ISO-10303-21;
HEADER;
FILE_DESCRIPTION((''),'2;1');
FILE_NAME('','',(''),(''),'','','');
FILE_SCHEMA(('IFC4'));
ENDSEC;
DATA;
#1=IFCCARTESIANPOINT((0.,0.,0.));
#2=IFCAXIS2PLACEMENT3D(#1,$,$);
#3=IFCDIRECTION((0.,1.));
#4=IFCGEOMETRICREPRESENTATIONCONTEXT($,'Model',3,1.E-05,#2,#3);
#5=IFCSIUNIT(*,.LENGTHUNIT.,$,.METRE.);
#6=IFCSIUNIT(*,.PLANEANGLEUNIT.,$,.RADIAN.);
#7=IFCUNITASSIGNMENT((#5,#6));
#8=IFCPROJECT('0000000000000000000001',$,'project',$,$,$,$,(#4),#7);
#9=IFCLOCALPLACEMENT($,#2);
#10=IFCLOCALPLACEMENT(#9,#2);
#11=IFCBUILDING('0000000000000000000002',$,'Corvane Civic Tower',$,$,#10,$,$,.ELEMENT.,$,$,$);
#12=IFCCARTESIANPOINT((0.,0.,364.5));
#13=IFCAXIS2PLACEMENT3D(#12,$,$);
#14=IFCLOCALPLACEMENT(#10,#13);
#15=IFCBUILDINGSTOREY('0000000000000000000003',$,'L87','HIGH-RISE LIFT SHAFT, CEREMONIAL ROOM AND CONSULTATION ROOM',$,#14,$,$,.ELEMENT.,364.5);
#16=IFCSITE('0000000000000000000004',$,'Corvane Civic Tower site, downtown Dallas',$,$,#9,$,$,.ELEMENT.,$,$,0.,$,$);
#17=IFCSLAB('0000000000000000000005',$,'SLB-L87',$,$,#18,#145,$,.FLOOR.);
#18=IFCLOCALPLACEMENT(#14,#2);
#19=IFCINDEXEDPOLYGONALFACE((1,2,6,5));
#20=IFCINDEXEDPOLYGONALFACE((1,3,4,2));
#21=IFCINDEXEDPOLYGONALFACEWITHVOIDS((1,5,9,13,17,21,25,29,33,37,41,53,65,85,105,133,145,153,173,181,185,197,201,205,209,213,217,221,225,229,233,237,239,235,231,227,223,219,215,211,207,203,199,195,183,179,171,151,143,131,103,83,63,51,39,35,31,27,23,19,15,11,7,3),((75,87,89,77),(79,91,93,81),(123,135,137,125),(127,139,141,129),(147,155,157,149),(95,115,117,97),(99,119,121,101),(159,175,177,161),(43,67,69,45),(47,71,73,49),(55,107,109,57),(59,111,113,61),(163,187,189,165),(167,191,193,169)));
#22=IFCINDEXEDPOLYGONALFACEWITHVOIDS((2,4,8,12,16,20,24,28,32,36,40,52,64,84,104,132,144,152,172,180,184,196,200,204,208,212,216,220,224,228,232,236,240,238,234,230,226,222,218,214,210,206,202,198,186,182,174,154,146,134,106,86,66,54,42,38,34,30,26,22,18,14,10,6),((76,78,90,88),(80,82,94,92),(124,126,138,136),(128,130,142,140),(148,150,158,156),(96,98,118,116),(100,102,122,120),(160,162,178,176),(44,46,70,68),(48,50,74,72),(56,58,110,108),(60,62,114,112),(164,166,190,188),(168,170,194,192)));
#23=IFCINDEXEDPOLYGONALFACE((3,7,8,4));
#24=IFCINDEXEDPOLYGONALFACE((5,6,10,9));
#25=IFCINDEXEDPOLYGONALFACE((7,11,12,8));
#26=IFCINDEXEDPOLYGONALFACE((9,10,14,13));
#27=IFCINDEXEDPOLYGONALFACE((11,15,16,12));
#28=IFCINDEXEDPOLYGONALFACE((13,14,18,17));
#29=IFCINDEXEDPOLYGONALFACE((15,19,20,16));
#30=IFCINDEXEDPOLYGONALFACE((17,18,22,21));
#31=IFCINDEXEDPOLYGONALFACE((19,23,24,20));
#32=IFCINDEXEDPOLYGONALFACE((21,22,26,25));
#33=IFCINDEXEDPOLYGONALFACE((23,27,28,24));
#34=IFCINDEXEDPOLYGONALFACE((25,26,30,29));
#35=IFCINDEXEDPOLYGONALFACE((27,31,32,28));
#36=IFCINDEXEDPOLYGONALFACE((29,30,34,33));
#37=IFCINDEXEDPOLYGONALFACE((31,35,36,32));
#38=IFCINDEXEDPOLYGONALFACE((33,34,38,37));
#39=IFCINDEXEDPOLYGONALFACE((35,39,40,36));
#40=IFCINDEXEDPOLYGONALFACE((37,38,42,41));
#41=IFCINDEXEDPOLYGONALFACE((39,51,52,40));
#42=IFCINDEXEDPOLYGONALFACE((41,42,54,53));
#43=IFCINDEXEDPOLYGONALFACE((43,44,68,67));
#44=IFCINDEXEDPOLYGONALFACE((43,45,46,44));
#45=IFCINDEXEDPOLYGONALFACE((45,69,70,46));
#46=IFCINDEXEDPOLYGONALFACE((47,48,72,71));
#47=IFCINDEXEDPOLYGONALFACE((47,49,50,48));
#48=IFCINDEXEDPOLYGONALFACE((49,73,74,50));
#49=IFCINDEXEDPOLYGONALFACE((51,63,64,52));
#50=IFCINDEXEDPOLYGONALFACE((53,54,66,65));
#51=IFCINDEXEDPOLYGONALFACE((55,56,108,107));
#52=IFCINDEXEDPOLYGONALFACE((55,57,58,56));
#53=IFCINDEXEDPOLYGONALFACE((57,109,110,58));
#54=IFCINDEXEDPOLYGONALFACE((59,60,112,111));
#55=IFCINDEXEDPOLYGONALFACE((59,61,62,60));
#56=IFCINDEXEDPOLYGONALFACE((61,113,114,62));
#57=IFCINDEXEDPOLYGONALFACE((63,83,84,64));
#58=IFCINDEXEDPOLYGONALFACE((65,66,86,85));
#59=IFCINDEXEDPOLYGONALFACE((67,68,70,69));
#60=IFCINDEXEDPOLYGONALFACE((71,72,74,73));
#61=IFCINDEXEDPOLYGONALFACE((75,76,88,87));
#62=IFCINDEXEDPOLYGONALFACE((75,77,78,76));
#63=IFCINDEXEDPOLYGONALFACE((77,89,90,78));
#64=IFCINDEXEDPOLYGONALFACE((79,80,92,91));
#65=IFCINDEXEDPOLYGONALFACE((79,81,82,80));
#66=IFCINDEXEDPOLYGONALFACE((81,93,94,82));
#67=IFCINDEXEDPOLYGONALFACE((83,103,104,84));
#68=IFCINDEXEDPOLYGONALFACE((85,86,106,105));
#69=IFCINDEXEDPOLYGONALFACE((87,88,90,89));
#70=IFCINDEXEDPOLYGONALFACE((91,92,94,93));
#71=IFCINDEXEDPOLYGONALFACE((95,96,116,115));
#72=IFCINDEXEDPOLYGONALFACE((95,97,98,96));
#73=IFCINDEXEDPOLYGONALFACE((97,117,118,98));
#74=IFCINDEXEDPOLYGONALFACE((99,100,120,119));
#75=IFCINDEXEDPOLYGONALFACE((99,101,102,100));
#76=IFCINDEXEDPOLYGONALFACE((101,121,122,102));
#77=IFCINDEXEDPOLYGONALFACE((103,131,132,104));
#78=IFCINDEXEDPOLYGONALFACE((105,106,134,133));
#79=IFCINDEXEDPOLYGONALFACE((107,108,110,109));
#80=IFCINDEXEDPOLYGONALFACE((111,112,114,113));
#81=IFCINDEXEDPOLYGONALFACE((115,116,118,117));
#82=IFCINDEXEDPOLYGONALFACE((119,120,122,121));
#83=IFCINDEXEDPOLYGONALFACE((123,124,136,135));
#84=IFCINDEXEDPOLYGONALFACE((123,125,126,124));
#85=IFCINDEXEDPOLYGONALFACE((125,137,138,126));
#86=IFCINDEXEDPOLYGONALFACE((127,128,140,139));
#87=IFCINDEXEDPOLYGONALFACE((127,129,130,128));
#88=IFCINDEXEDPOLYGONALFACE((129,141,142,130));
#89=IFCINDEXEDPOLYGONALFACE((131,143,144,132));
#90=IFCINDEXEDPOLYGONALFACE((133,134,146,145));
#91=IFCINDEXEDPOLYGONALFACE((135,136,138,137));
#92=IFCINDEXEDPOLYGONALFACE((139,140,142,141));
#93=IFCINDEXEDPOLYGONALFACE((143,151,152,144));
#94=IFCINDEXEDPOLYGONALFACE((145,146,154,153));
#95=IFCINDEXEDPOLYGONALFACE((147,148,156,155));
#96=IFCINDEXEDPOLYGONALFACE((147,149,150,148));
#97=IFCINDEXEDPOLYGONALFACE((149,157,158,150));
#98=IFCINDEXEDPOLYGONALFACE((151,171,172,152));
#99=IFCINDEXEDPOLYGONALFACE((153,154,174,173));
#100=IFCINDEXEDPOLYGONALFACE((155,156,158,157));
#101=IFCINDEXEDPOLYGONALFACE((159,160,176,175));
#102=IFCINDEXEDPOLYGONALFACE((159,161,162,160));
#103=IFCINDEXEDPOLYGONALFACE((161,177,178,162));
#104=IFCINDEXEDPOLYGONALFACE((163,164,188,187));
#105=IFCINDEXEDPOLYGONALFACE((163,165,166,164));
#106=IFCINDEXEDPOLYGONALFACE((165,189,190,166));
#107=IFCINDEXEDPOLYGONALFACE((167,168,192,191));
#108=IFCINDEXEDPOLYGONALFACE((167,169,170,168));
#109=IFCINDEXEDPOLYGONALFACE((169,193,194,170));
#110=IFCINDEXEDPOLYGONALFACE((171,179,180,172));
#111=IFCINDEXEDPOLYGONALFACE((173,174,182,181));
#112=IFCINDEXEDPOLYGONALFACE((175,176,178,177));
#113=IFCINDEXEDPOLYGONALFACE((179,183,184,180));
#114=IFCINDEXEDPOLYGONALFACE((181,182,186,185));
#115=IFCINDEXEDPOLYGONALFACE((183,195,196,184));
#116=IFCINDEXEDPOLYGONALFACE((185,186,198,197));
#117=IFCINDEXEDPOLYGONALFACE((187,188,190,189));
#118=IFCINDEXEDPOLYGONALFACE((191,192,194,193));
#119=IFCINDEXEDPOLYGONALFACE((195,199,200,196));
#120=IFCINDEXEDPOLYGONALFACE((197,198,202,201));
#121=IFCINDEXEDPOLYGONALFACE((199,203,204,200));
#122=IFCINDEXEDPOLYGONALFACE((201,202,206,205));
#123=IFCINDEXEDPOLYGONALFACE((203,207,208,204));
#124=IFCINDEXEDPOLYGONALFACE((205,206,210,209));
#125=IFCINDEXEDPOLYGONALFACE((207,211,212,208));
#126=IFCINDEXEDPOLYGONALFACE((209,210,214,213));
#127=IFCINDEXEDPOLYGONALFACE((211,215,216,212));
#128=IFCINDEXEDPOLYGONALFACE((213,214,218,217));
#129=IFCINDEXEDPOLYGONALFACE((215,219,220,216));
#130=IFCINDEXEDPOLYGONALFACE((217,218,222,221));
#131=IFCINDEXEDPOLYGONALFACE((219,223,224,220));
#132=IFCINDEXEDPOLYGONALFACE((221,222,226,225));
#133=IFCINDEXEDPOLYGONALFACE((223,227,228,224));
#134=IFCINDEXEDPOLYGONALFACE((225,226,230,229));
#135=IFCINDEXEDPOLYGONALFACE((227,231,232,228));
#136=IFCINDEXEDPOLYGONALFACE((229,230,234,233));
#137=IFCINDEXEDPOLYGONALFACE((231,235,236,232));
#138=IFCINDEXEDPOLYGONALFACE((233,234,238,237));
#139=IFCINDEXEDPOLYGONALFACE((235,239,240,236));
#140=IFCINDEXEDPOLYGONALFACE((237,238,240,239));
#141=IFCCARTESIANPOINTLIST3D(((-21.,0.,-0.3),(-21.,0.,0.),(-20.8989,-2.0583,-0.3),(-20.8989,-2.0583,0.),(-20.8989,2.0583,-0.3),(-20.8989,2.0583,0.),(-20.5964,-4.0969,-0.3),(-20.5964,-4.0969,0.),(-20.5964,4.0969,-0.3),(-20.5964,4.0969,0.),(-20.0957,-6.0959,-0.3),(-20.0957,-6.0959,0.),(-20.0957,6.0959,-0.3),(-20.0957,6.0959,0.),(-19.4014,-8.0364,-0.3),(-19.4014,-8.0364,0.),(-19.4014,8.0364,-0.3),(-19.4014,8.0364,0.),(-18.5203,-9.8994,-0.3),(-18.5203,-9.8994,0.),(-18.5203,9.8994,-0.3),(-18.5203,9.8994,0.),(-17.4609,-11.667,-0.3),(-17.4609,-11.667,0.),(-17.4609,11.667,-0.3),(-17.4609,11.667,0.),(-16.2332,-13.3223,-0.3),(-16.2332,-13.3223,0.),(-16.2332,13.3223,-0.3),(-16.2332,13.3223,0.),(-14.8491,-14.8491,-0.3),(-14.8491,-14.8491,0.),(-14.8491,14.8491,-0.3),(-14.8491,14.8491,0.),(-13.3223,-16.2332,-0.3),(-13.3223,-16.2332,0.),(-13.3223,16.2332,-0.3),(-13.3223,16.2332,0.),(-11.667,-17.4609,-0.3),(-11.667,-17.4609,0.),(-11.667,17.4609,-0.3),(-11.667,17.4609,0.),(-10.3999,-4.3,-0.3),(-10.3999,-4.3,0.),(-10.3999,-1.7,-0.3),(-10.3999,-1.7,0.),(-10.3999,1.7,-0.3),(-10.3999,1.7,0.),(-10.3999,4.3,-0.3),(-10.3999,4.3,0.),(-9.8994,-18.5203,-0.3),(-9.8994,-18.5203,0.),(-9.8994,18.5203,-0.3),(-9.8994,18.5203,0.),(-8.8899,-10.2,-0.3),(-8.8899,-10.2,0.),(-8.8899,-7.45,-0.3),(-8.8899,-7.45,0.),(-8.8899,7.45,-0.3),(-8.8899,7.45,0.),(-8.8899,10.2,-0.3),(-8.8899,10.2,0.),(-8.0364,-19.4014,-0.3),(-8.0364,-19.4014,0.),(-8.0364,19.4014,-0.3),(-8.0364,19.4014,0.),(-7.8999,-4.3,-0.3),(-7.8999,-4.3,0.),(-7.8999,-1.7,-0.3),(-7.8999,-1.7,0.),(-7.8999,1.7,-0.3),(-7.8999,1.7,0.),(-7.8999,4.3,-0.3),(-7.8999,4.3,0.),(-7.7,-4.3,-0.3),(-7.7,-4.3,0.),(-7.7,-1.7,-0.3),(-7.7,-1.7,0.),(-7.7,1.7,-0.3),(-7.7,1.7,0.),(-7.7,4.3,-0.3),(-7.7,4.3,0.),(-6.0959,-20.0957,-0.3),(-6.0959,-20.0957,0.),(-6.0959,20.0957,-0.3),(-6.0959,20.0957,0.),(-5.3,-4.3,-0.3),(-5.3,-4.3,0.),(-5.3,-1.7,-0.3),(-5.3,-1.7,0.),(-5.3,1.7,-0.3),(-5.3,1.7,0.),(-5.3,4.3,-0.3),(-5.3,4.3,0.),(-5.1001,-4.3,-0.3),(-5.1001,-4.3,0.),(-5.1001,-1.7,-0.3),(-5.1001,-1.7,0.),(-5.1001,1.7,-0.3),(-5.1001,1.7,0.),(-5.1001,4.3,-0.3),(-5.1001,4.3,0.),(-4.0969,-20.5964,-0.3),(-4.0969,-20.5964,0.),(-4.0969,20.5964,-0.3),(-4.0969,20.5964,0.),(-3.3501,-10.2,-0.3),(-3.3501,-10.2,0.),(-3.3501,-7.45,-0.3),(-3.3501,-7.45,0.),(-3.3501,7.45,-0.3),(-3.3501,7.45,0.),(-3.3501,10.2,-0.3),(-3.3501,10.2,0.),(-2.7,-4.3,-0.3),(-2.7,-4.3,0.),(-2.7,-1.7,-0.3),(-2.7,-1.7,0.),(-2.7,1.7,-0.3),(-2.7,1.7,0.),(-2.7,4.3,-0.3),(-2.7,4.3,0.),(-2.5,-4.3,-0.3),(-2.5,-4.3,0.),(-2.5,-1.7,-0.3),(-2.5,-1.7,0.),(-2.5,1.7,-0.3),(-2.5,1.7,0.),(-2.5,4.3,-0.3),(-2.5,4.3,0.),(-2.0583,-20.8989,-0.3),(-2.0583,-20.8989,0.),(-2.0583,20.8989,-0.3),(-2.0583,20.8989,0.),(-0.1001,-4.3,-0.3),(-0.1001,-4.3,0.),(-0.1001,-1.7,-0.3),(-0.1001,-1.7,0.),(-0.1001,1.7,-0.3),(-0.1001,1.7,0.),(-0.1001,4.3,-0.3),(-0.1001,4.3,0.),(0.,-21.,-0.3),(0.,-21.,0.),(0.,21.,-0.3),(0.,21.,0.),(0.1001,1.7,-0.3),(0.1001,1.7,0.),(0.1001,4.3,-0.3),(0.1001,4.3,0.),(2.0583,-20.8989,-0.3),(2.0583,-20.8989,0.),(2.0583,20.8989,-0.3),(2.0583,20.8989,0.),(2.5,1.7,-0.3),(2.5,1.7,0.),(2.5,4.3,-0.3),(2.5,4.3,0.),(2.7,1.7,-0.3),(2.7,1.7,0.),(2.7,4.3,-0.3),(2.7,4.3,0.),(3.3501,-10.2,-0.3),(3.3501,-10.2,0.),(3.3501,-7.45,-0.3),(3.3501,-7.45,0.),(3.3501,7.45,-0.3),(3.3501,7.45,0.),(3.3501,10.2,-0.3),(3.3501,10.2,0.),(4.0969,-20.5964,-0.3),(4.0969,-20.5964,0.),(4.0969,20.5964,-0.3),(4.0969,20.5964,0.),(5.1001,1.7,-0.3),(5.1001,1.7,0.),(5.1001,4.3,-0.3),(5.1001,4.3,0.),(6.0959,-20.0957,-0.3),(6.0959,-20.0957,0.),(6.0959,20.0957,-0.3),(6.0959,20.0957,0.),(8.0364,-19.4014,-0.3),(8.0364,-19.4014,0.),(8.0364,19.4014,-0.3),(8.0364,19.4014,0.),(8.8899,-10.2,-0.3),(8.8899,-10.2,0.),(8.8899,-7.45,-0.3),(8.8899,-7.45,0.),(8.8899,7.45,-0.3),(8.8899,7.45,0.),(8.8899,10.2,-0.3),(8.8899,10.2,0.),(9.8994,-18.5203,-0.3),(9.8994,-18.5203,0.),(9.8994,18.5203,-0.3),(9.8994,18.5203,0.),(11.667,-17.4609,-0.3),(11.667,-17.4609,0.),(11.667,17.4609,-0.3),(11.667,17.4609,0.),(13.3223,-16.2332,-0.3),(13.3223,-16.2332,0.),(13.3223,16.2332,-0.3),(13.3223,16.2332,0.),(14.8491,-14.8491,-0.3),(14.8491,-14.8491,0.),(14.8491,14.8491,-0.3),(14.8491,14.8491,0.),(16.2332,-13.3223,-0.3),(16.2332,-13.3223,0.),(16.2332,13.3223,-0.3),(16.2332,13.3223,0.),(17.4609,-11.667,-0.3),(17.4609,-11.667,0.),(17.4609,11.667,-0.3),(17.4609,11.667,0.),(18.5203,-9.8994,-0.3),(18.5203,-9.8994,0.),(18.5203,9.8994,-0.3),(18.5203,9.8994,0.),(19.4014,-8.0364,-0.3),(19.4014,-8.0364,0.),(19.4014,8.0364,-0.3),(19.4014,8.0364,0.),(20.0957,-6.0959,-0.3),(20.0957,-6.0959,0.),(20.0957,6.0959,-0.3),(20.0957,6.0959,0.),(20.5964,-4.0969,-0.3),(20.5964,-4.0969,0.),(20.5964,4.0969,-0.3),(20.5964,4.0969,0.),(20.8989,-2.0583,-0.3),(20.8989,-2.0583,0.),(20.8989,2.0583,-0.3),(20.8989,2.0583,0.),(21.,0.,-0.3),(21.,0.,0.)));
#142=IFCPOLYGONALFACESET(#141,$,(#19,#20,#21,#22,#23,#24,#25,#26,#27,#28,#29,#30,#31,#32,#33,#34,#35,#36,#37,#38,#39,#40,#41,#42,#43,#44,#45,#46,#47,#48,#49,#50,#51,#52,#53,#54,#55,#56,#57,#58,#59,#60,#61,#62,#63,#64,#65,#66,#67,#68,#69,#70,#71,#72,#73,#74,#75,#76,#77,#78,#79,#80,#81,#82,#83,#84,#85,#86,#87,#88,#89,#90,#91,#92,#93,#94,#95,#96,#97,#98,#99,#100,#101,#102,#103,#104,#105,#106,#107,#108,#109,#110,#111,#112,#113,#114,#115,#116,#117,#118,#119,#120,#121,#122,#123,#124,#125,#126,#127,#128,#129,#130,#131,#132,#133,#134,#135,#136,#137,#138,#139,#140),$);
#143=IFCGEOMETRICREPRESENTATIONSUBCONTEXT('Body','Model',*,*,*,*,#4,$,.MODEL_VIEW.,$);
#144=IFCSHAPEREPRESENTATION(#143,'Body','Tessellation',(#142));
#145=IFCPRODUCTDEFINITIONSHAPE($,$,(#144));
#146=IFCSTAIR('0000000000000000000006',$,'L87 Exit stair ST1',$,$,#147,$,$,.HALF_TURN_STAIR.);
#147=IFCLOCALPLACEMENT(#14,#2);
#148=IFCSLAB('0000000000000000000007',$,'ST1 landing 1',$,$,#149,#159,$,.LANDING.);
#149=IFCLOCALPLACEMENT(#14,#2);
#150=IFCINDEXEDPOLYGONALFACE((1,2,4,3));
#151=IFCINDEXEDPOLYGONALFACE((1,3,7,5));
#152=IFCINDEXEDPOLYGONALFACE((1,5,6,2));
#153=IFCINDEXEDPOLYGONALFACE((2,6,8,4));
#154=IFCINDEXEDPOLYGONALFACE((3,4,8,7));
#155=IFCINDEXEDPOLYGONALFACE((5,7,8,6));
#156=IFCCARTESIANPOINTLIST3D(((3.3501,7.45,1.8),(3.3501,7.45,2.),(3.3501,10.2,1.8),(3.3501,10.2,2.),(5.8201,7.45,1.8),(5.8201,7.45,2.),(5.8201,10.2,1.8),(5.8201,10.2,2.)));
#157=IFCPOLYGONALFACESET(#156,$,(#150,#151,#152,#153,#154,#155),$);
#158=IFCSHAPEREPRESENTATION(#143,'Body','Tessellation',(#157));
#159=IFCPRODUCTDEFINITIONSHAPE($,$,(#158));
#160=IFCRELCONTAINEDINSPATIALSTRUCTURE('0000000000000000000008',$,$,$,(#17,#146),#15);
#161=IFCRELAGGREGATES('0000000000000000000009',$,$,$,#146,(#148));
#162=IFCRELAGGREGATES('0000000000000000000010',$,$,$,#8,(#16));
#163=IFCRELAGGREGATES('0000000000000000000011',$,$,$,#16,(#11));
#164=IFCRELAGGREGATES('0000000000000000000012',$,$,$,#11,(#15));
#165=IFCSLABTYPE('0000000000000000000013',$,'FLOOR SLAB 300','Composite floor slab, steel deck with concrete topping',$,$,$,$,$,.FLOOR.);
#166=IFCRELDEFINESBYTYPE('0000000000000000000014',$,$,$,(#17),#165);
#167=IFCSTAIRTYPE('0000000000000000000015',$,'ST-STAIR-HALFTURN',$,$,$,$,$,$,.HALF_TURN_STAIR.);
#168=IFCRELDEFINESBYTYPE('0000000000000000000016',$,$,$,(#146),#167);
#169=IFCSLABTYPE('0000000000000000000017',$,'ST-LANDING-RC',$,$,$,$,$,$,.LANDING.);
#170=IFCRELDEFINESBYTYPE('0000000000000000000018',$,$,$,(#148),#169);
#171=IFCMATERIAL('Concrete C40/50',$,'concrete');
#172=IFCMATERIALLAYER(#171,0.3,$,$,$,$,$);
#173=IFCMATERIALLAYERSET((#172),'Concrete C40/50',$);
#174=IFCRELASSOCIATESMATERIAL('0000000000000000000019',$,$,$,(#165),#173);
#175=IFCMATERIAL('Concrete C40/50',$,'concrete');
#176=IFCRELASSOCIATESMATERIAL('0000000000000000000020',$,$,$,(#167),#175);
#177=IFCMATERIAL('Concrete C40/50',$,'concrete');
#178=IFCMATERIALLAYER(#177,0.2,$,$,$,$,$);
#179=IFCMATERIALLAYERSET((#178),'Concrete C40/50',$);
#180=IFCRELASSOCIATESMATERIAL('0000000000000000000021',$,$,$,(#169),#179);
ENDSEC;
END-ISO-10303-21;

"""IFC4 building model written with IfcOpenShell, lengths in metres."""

from ifc_helpers import new_model, si_unit, direction, frame, origin, place, context, subcontext, project, spatial, polyline, outline, extrude, material, layer, layer_set, type_object, element, aggregate, save


model = new_model("IFC4")

# Units and contexts
model_context = context("Model", 3, precision=1e-05, world=origin(), true_north=direction((0.0, 1.0)))
body_context = subcontext(model_context, "Body", "Model", "MODEL_VIEW")
ifc_project = project(units=[si_unit("LENGTHUNIT", "METRE"), si_unit("PLANEANGLEUNIT", "RADIAN")], contexts=[model_context])

# Site, building, storey
site_placement = place(None, origin())
site = spatial("IfcSite", under=ifc_project, at=site_placement, Name="Corvane Civic Tower site, downtown Dallas", CompositionType="ELEMENT", RefElevation=0.0)
building_placement = place(site_placement, origin())
building = spatial("IfcBuilding", under=site, at=building_placement, Name="Corvane Civic Tower", CompositionType="ELEMENT")
storey_placement = place(building_placement, frame((0.0, 0.0, 364.5)))
storey = spatial("IfcBuildingStorey", under=building, at=storey_placement, Name="L87", Description="HIGH-RISE LIFT SHAFT, CEREMONIAL ROOM AND CONSULTATION ROOM", CompositionType="ELEMENT", Elevation=364.5)

# Slab
ifc_material_1 = material(Name="Concrete C40/50", Category="concrete")
ifc_layer_1 = layer(ifc_material_1, 0.3)
ifc_layer_set_1 = layer_set([ifc_layer_1], Name="Concrete C40/50")
slab_type_1 = type_object("IfcSlabType", Name="FLOOR SLAB 300", Description="Composite floor slab, steel deck with concrete topping", PredefinedType="FLOOR", material=ifc_layer_set_1)
slab_1_placement = place(storey_placement, frame((0.0, 0.0, -0.3)))
element("IfcSlab", 1, at=slab_1_placement, inside=storey, type_object=slab_type_1, Name="SLB-L87", PredefinedType="FLOOR", context=body_context, shape_type="SweptSolid", body=[
    extrude(outline(polyline([(0.0, 21.0), (-2.0583, 20.8989), (-4.0969, 20.5964), (-6.0959, 20.0957), (-8.0364, 19.4014), (-9.8994, 18.5203), (-11.667, 17.4609), (-13.3223, 16.2332), (-14.8491, 14.8491), (-16.2332, 13.3223), (-17.4609, 11.667), (-18.5203, 9.8994), (-19.4014, 8.0364), (-20.0957, 6.0959), (-20.5964, 4.0969), (-20.8989, 2.0583), (-21.0, 0.0), (-20.8989, -2.0583), (-20.5964, -4.0969), (-20.0957, -6.0959), (-19.4014, -8.0364), (-18.5203, -9.8994), (-17.4609, -11.667), (-16.2332, -13.3223), (-14.8491, -14.8491), (-13.3223, -16.2332), (-11.667, -17.4609), (-9.8994, -18.5203), (-8.0364, -19.4014), (-6.0959, -20.0957), (-4.0969, -20.5964), (-2.0583, -20.8989), (0.0, -21.0), (2.0583, -20.8989), (4.0969, -20.5964), (6.0959, -20.0957), (8.0364, -19.4014), (9.8994, -18.5203), (11.667, -17.4609), (13.3223, -16.2332), (14.8491, -14.8491), (16.2332, -13.3223), (17.4609, -11.667), (18.5203, -9.8994), (19.4014, -8.0364), (20.0957, -6.0959), (20.5964, -4.0969), (20.8989, -2.0583), (21.0, 0.0), (20.8989, 2.0583), (20.5964, 4.0969), (20.0957, 6.0959), (19.4014, 8.0364), (18.5203, 9.8994), (17.4609, 11.667), (16.2332, 13.3223), (14.8491, 14.8491), (13.3223, 16.2332), (11.667, 17.4609), (9.8994, 18.5203), (8.0364, 19.4014), (6.0959, 20.0957), (4.0969, 20.5964), (2.0583, 20.8989), (0.0, 21.0)]), holes=[polyline([(-10.3999, 4.3), (-7.8999, 4.3), (-7.8999, 1.7), (-10.3999, 1.7), (-10.3999, 4.3)]), polyline([(-7.7, 4.3), (-5.3, 4.3), (-5.3, 1.7), (-7.7, 1.7), (-7.7, 4.3)]), polyline([(-5.1001, 4.3), (-2.7, 4.3), (-2.7, 1.7), (-5.1001, 1.7), (-5.1001, 4.3)]), polyline([(-2.5, 1.7), (-2.5, 4.3), (-0.1001, 4.3), (-0.1001, 1.7), (-2.5, 1.7)]), polyline([(0.1001, 1.7), (0.1001, 4.3), (2.5, 4.3), (2.5, 1.7), (0.1001, 1.7)]), polyline([(2.7, 1.7), (2.7, 4.3), (5.1001, 4.3), (5.1001, 1.7), (2.7, 1.7)]), polyline([(-10.3999, -1.7), (-7.8999, -1.7), (-7.8999, -4.3), (-10.3999, -4.3), (-10.3999, -1.7)]), polyline([(-7.7, -4.3), (-7.7, -1.7), (-5.3, -1.7), (-5.3, -4.3), (-7.7, -4.3)]), polyline([(-5.1001, -4.3), (-5.1001, -1.7), (-2.7, -1.7), (-2.7, -4.3), (-5.1001, -4.3)]), polyline([(-2.5, -4.3), (-2.5, -1.7), (-0.1001, -1.7), (-0.1001, -4.3), (-2.5, -4.3)]), polyline([(8.8899, 10.2), (8.8899, 7.45), (3.3501, 7.45), (3.3501, 10.2), (8.8899, 10.2)]), polyline([(-8.8899, 7.45), (-8.8899, 10.2), (-3.3501, 10.2), (-3.3501, 7.45), (-8.8899, 7.45)]), polyline([(8.8899, -7.45), (8.8899, -10.2), (3.3501, -10.2), (3.3501, -7.45), (8.8899, -7.45)]), polyline([(-8.8899, -10.2), (-8.8899, -7.45), (-3.3501, -7.45), (-3.3501, -10.2), (-8.8899, -10.2)])]), origin(), (0.0, 0.0, 1.0), 0.3),
])

# Stair, slab
ifc_material_2 = material(Name="Concrete C40/50", Category="concrete")
stair_type = type_object("IfcStairType", Name="ST-STAIR-HALFTURN", PredefinedType="HALF_TURN_STAIR", material=ifc_material_2)
stair_1_placement = place(storey_placement, origin())
stair_1 = element("IfcStair", 2, at=stair_1_placement, inside=storey, type_object=stair_type, Name="L87 Exit stair ST1", PredefinedType="HALF_TURN_STAIR")
ifc_material_3 = material(Name="Concrete C40/50", Category="concrete")
ifc_layer_2 = layer(ifc_material_3, 0.2)
ifc_layer_set_2 = layer_set([ifc_layer_2], Name="Concrete C40/50")
slab_type_2 = type_object("IfcSlabType", Name="ST-LANDING-RC", PredefinedType="LANDING", material=ifc_layer_set_2)
slab_2_placement = place(storey_placement, frame((0.0, 0.0, 1.8)))
slab_2 = element("IfcSlab", 3, at=slab_2_placement, type_object=slab_type_2, Name="ST1 landing 1", PredefinedType="LANDING", context=body_context, shape_type="SweptSolid", body=[
    extrude(outline(polyline([(5.8201, 10.2), (3.3501, 10.2), (3.3501, 7.45), (5.8201, 7.45), (5.8201, 10.2)])), origin(), (0.0, 0.0, 1.0), 0.2),
])
aggregate(stair_1, [slab_2])

save(model, "model.ifc")
